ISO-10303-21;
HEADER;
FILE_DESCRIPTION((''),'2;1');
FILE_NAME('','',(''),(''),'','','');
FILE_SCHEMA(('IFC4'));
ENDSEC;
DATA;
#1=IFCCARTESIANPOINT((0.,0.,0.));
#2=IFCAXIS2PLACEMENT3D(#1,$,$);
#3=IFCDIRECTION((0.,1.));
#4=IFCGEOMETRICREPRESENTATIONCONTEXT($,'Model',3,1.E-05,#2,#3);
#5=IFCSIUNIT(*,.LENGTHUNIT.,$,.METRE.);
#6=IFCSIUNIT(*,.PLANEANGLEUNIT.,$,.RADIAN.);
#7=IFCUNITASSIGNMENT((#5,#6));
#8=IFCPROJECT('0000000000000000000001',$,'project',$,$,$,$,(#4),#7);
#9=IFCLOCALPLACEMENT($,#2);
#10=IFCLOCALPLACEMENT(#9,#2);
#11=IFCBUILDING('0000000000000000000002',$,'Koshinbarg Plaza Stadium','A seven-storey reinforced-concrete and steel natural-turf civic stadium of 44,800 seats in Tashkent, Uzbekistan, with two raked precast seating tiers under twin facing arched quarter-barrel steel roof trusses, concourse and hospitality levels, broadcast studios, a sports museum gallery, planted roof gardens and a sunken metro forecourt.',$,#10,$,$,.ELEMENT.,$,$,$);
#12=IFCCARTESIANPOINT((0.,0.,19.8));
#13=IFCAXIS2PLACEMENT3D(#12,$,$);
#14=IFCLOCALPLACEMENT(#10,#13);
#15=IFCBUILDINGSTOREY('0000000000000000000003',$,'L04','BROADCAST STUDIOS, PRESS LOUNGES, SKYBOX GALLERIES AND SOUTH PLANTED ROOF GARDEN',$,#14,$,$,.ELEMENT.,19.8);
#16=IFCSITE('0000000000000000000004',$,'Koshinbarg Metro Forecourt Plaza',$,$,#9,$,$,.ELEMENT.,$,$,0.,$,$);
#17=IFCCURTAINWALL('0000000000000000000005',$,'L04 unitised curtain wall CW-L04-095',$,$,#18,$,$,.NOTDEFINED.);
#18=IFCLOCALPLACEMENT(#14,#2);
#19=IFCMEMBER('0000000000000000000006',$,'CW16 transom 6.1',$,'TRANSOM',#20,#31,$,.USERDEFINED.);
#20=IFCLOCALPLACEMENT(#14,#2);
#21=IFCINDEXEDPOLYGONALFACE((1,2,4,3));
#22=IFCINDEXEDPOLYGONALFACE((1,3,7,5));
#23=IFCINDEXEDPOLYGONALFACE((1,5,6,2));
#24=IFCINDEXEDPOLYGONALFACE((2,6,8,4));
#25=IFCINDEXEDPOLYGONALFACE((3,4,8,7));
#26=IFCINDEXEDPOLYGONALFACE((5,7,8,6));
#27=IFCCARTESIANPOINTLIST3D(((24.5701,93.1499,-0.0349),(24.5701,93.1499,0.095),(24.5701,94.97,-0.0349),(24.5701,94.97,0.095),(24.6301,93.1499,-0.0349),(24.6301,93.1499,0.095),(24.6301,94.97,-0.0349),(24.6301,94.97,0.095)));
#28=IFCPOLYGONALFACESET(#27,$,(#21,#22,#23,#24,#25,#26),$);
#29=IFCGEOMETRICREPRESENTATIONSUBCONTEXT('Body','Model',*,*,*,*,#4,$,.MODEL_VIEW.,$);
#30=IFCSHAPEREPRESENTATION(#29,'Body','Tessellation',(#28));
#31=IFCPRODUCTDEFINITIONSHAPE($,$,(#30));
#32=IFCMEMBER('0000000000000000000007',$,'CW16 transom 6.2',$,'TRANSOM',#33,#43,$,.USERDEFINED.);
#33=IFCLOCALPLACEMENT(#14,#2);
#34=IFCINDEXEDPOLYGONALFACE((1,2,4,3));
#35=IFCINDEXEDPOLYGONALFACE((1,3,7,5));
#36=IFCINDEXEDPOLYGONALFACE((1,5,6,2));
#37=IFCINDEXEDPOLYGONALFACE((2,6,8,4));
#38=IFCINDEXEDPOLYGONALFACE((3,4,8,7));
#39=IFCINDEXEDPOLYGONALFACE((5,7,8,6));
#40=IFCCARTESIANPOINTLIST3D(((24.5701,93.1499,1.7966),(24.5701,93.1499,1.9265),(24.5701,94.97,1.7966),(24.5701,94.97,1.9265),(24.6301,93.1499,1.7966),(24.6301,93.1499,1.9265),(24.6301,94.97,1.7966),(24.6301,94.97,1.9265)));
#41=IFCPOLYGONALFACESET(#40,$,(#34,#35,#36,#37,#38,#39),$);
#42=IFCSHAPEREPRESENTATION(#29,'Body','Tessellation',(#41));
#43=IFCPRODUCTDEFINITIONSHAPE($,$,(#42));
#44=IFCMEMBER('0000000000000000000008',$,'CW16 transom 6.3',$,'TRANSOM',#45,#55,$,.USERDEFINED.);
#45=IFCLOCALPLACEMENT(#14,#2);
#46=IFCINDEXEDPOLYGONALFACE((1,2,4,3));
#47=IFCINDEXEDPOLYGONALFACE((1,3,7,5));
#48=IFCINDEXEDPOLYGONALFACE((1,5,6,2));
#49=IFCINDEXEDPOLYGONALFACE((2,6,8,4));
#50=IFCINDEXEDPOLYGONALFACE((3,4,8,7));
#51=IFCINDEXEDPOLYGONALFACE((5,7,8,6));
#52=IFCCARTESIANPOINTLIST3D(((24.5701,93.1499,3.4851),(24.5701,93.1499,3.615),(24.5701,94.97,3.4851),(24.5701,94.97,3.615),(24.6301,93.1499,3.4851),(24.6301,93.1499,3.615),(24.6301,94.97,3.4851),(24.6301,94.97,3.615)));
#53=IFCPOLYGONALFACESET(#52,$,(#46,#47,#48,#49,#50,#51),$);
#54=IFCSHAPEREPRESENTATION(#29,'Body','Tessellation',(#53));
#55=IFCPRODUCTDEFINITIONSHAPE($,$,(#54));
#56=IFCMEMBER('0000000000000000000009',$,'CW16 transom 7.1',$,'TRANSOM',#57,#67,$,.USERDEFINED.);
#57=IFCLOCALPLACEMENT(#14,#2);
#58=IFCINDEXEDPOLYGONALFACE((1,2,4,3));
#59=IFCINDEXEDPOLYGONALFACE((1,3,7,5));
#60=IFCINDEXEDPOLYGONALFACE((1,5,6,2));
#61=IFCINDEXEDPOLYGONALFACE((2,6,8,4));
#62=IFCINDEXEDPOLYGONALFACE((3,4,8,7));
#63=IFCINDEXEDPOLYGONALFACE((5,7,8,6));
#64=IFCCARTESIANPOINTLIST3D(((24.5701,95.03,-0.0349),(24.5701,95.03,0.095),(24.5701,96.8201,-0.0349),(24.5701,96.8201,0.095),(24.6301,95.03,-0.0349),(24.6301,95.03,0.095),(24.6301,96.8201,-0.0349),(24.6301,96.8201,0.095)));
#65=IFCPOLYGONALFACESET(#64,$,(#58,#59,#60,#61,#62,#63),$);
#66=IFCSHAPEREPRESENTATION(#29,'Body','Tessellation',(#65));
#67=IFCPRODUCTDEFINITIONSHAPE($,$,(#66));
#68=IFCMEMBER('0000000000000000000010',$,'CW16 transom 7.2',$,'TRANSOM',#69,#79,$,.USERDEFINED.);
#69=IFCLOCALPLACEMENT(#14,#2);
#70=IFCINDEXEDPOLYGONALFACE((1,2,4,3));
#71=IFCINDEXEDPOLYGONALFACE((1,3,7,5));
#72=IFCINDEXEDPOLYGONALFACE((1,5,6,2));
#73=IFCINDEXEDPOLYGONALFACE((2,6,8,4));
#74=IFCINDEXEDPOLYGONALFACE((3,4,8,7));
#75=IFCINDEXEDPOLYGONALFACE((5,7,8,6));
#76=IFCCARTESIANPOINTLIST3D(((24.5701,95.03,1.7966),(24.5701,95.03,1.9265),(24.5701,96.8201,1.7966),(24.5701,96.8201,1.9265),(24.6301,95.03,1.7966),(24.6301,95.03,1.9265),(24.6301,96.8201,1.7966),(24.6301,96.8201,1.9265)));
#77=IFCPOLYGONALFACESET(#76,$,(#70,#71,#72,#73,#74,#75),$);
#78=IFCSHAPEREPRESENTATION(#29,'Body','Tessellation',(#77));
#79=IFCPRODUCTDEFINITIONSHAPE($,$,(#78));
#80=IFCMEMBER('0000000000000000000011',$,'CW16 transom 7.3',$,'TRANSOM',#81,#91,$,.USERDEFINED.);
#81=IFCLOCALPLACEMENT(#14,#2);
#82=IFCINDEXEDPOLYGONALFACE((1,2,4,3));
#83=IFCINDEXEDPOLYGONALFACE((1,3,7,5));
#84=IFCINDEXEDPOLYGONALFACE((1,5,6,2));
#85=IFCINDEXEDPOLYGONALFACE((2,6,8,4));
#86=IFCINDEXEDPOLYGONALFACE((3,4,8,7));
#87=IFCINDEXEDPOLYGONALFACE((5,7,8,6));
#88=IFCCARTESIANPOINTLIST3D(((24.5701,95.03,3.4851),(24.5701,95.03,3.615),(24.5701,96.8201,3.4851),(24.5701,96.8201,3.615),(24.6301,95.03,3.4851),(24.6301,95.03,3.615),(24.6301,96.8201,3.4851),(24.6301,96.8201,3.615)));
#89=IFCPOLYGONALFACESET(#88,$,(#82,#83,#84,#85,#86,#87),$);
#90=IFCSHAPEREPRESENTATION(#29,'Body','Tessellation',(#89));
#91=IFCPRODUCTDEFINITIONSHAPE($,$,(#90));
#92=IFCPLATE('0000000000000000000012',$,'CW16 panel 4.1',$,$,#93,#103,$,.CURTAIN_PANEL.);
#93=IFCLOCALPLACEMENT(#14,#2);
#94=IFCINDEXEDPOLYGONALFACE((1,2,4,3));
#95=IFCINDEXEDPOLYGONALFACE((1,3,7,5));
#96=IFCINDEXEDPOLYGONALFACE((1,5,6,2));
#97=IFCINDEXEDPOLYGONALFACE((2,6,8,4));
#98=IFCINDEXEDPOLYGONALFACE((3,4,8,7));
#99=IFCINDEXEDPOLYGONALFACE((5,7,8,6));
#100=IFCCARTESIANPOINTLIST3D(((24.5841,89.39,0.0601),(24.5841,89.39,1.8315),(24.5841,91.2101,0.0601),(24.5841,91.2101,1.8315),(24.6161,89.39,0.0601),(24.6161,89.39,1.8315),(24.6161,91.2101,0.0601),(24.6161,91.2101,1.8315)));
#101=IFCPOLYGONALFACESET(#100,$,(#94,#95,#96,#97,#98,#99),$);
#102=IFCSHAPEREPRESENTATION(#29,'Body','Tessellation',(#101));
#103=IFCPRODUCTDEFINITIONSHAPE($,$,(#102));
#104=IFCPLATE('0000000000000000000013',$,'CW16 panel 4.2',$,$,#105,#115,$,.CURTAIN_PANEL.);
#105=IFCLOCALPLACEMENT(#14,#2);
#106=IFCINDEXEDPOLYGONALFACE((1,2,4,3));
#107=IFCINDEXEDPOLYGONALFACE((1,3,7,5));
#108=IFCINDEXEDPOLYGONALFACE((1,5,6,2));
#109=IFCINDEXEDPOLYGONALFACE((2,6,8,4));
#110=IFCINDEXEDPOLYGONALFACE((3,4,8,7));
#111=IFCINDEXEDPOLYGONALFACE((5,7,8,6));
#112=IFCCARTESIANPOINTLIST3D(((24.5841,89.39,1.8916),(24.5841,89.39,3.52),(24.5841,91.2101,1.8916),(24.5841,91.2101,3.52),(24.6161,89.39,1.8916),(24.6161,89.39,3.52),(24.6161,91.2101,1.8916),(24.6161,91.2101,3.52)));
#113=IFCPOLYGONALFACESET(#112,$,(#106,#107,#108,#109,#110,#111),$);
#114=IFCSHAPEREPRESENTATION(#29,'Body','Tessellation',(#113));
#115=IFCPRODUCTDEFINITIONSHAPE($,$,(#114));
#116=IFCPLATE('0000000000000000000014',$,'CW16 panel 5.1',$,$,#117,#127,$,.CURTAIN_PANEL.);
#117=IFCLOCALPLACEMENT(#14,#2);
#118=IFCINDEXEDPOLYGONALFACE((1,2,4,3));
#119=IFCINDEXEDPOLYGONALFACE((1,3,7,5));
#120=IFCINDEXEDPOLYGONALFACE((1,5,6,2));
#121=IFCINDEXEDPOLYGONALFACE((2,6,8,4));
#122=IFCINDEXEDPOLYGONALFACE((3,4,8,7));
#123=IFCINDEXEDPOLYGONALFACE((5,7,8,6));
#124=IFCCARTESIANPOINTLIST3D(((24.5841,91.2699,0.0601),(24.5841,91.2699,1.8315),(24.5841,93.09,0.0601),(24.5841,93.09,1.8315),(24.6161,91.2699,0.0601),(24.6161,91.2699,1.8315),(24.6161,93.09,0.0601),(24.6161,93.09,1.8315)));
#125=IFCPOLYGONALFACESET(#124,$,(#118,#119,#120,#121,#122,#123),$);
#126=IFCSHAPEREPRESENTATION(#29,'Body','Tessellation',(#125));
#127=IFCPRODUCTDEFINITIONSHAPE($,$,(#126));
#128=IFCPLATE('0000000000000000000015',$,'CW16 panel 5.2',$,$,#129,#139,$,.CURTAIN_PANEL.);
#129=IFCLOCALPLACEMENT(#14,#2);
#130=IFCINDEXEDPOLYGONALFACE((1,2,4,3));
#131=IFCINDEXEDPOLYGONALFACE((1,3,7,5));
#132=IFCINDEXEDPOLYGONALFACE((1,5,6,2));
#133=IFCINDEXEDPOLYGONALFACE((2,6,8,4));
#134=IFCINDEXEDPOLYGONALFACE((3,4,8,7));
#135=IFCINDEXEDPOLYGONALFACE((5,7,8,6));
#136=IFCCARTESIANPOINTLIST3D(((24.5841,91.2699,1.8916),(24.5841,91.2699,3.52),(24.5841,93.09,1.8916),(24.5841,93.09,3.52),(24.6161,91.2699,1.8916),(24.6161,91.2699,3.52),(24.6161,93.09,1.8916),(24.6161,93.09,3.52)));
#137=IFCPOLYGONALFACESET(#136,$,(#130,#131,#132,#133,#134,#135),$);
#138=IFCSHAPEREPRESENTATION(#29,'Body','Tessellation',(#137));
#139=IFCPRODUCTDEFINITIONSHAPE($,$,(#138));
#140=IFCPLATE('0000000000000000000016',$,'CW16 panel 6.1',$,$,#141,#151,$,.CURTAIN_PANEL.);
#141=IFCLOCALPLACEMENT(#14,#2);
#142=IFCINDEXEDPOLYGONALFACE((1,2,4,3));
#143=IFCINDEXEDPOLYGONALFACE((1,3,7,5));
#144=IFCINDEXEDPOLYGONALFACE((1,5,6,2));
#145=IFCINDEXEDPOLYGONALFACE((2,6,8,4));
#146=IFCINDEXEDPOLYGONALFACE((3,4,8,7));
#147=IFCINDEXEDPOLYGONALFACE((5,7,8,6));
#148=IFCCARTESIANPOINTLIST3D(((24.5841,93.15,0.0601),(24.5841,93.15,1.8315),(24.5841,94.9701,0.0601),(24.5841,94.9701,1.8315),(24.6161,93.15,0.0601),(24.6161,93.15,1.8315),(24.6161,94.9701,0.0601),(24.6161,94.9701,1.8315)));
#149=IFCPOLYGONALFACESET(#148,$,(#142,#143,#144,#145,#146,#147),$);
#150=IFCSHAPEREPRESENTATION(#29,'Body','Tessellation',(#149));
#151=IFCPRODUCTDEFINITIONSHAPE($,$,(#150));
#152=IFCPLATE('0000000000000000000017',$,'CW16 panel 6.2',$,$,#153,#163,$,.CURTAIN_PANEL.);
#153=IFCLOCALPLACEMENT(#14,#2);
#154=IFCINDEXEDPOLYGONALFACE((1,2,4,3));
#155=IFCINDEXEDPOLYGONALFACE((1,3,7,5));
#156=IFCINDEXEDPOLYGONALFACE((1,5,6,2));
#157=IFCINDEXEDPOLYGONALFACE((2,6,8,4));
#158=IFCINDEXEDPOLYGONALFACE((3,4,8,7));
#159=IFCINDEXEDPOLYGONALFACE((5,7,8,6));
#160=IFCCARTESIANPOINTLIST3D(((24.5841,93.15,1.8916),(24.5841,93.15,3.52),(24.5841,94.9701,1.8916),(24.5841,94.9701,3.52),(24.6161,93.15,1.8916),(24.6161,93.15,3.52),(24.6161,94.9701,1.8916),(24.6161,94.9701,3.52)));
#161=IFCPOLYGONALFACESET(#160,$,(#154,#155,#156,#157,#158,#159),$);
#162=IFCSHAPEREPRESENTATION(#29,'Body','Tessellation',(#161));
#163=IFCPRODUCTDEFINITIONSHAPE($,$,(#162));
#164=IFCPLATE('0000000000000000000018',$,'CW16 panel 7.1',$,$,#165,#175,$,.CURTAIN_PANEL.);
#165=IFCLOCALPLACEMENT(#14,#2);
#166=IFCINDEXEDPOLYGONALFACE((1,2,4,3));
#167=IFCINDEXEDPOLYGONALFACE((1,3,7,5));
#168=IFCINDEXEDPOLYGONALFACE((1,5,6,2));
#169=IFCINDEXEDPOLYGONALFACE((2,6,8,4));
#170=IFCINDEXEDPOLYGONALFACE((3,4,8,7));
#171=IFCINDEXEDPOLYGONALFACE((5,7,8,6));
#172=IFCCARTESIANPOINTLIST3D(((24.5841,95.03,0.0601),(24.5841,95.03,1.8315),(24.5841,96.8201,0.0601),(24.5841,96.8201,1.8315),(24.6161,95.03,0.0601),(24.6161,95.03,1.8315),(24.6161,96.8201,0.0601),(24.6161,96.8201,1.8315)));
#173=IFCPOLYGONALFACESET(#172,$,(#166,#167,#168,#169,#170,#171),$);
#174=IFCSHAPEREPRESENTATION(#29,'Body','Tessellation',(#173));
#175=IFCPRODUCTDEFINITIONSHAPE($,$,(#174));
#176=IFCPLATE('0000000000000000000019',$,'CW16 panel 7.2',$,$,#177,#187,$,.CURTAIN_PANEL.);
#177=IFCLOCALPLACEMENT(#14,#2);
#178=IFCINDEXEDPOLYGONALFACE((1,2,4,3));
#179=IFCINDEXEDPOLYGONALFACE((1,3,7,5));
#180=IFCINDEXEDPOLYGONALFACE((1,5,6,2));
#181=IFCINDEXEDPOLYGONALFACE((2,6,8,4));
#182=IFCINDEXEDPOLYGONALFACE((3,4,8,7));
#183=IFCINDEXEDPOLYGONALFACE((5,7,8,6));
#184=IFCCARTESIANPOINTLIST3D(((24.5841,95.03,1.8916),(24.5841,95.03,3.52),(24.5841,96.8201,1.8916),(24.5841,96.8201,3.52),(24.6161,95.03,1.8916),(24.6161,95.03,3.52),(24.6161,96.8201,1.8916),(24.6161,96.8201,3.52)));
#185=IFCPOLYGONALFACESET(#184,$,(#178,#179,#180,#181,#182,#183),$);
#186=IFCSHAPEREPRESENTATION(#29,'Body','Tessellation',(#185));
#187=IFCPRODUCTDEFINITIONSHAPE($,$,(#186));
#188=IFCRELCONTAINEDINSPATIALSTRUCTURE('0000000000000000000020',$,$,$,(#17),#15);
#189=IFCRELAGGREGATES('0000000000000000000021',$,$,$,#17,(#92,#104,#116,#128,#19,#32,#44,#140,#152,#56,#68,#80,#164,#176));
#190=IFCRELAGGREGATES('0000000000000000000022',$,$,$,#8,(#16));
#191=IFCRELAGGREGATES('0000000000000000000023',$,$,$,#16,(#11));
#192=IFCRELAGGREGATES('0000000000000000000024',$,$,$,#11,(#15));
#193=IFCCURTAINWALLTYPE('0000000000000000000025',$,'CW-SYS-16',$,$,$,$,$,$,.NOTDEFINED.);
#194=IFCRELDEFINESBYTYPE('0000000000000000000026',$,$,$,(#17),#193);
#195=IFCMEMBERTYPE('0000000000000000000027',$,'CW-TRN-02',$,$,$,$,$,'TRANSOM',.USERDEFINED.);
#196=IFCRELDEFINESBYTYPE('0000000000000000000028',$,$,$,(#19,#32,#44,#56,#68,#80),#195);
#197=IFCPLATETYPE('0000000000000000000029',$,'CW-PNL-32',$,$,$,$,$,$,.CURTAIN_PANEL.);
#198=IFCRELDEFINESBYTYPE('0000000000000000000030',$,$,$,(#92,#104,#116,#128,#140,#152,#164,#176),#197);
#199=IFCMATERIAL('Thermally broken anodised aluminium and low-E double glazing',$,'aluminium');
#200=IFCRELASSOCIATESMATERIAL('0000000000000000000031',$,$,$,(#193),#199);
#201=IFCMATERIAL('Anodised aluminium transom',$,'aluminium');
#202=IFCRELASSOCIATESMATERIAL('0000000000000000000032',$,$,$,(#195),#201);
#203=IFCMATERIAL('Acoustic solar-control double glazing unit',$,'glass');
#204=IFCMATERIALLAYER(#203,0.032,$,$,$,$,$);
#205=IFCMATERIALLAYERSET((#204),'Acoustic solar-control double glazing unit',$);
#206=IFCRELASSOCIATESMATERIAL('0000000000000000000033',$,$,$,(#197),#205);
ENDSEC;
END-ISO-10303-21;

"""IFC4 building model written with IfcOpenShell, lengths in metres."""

from ifc_helpers import new_model, si_unit, direction, frame, origin, origin_2d, place, context, subcontext, project, spatial, rectangle, extrude, material, layer, layer_set, material_profile, profile_set, type_object, element, aggregate, save


model = new_model("IFC4")

# Units and contexts
model_context = context("Model", 3, precision=1e-05, world=origin(), true_north=direction((0.0, 1.0)))
body_context = subcontext(model_context, "Body", "Model", "MODEL_VIEW")
ifc_project = project(units=[si_unit("LENGTHUNIT", "METRE"), si_unit("PLANEANGLEUNIT", "RADIAN")], contexts=[model_context])

# Site, building, storey
site_placement = place(None, origin())
site = spatial("IfcSite", under=ifc_project, at=site_placement, Name="Koshinbarg Metro Forecourt Plaza", CompositionType="ELEMENT", RefElevation=0.0)
building_placement = place(site_placement, origin())
building = spatial("IfcBuilding", under=site, at=building_placement, Name="Koshinbarg Plaza Stadium", Description="A seven-storey reinforced-concrete and steel natural-turf civic stadium of 44,800 seats in Tashkent, Uzbekistan, with two raked precast seating tiers under twin facing arched quarter-barrel steel roof trusses, concourse and hospitality levels, broadcast studios, a sports museum gallery, planted roof gardens and a sunken metro forecourt.", CompositionType="ELEMENT")
storey_placement = place(building_placement, frame((0.0, 0.0, 19.8)))
storey = spatial("IfcBuildingStorey", under=building, at=storey_placement, Name="L04", Description="BROADCAST STUDIOS, PRESS LOUNGES, SKYBOX GALLERIES AND SOUTH PLANTED ROOF GARDEN", CompositionType="ELEMENT", Elevation=19.8)

# Curtain wall, members, plates
ifc_material_1 = material(Name="Thermally broken anodised aluminium and low-E double glazing", Category="aluminium")
curtain_wall_type = type_object("IfcCurtainWallType", Name="CW-SYS-16", PredefinedType="NOTDEFINED", material=ifc_material_1)
curtain_wall_placement = place(storey_placement, origin())
curtain_wall = element("IfcCurtainWall", 1, at=curtain_wall_placement, inside=storey, type_object=curtain_wall_type, Name="L04 unitised curtain wall CW-L04-095", PredefinedType="NOTDEFINED")
ifc_material_2 = material(Name="Anodised aluminium transom", Category="aluminium")
ifc_material_profile_1 = material_profile(ifc_material_2, rectangle(XDim=0.0601, YDim=0.1299, at=origin_2d()), Name="ALU 60x130")
ifc_profile_set_1 = profile_set([ifc_material_profile_1], Name="Anodised aluminium transom")
member_type_1 = type_object("IfcMemberType", Name="CW-TRN-02", ElementType="TRANSOM", PredefinedType="USERDEFINED", material=ifc_profile_set_1)
member_1_placement = place(storey_placement, frame((24.6001, 93.1499, 0.03), z_axis=(0.0, 1.0, 0.0), x_axis=(-1.0, 0.0, 0.0)))
member_1 = element("IfcMember", 2, at=member_1_placement, type_object=member_type_1, Name="CW16 transom 6.1", ObjectType="TRANSOM", PredefinedType="USERDEFINED", context=body_context, shape_type="SweptSolid", body=[
    extrude(rectangle(XDim=0.0601, YDim=0.1299, at=origin_2d()), origin(), (0.0, 0.0, 1.0), 1.8201),
])
member_2_placement = place(storey_placement, frame((24.6001, 93.1499, 1.8616), z_axis=(0.0, 1.0, 0.0), x_axis=(-1.0, 0.0, 0.0)))
member_2 = element("IfcMember", 3, at=member_2_placement, type_object=member_type_1, Name="CW16 transom 6.2", ObjectType="TRANSOM", PredefinedType="USERDEFINED", context=body_context, shape_type="SweptSolid", body=[
    extrude(rectangle(XDim=0.0601, YDim=0.1299, at=origin_2d()), origin(), (0.0, 0.0, 1.0), 1.8201),
])
member_3_placement = place(storey_placement, frame((24.6001, 93.1499, 3.55), z_axis=(0.0, 1.0, 0.0), x_axis=(-1.0, 0.0, 0.0)))
member_3 = element("IfcMember", 4, at=member_3_placement, type_object=member_type_1, Name="CW16 transom 6.3", ObjectType="TRANSOM", PredefinedType="USERDEFINED", context=body_context, shape_type="SweptSolid", body=[
    extrude(rectangle(XDim=0.0601, YDim=0.1299, at=origin_2d()), origin(), (0.0, 0.0, 1.0), 1.8201),
])
member_4_placement = place(storey_placement, frame((24.6001, 95.03, 0.03), z_axis=(0.0, 1.0, 0.0), x_axis=(-1.0, 0.0, 0.0)))
member_4 = element("IfcMember", 5, at=member_4_placement, type_object=member_type_1, Name="CW16 transom 7.1", ObjectType="TRANSOM", PredefinedType="USERDEFINED", context=body_context, shape_type="SweptSolid", body=[
    extrude(rectangle(XDim=0.0601, YDim=0.1299, at=origin_2d()), origin(), (0.0, 0.0, 1.0), 1.79),
])
member_5_placement = place(storey_placement, frame((24.6001, 95.03, 1.8616), z_axis=(0.0, 1.0, 0.0), x_axis=(-1.0, 0.0, 0.0)))
member_5 = element("IfcMember", 6, at=member_5_placement, type_object=member_type_1, Name="CW16 transom 7.2", ObjectType="TRANSOM", PredefinedType="USERDEFINED", context=body_context, shape_type="SweptSolid", body=[
    extrude(rectangle(XDim=0.0601, YDim=0.1299, at=origin_2d()), origin(), (0.0, 0.0, 1.0), 1.79),
])
member_6_placement = place(storey_placement, frame((24.6001, 95.03, 3.55), z_axis=(0.0, 1.0, 0.0), x_axis=(-1.0, 0.0, 0.0)))
member_6 = element("IfcMember", 7, at=member_6_placement, type_object=member_type_1, Name="CW16 transom 7.3", ObjectType="TRANSOM", PredefinedType="USERDEFINED", context=body_context, shape_type="SweptSolid", body=[
    extrude(rectangle(XDim=0.0601, YDim=0.1299, at=origin_2d()), origin(), (0.0, 0.0, 1.0), 1.79),
])
ifc_material_3 = material(Name="Acoustic solar-control double glazing unit", Category="glass")
ifc_layer_1 = layer(ifc_material_3, 0.032)
ifc_layer_set_1 = layer_set([ifc_layer_1], Name="Acoustic solar-control double glazing unit")
plate_type_1 = type_object("IfcPlateType", Name="CW-PNL-32", PredefinedType="CURTAIN_PANEL", material=ifc_layer_set_1)
plate_1_placement = place(storey_placement, frame((24.6001, 90.3, 0.0601), z_axis=(0.0, 0.0, 1.0), x_axis=(0.0, 1.0, 0.0)))
plate_1 = element("IfcPlate", 8, at=plate_1_placement, type_object=plate_type_1, Name="CW16 panel 4.1", PredefinedType="CURTAIN_PANEL", context=body_context, shape_type="SweptSolid", body=[
    extrude(rectangle(XDim=1.8201, YDim=0.032, at=origin_2d()), origin(), (0.0, 0.0, 1.0), 1.7715),
])
plate_2_placement = place(storey_placement, frame((24.6001, 90.3, 1.8916), z_axis=(0.0, 0.0, 1.0), x_axis=(0.0, 1.0, 0.0)))
plate_2 = element("IfcPlate", 9, at=plate_2_placement, type_object=plate_type_1, Name="CW16 panel 4.2", PredefinedType="CURTAIN_PANEL", context=body_context, shape_type="SweptSolid", body=[
    extrude(rectangle(XDim=1.8201, YDim=0.032, at=origin_2d()), origin(), (0.0, 0.0, 1.0), 1.6284),
])
plate_3_placement = place(storey_placement, frame((24.6001, 92.1799, 0.0601), z_axis=(0.0, 0.0, 1.0), x_axis=(0.0, 1.0, 0.0)))
plate_3 = element("IfcPlate", 10, at=plate_3_placement, type_object=plate_type_1, Name="CW16 panel 5.1", PredefinedType="CURTAIN_PANEL", context=body_context, shape_type="SweptSolid", body=[
    extrude(rectangle(XDim=1.8201, YDim=0.032, at=origin_2d()), origin(), (0.0, 0.0, 1.0), 1.7715),
])
plate_4_placement = place(storey_placement, frame((24.6001, 92.1799, 1.8916), z_axis=(0.0, 0.0, 1.0), x_axis=(0.0, 1.0, 0.0)))
plate_4 = element("IfcPlate", 11, at=plate_4_placement, type_object=plate_type_1, Name="CW16 panel 5.2", PredefinedType="CURTAIN_PANEL", context=body_context, shape_type="SweptSolid", body=[
    extrude(rectangle(XDim=1.8201, YDim=0.032, at=origin_2d()), origin(), (0.0, 0.0, 1.0), 1.6284),
])
plate_5_placement = place(storey_placement, frame((24.6001, 94.0601, 0.0601), z_axis=(0.0, 0.0, 1.0), x_axis=(0.0, 1.0, 0.0)))
plate_5 = element("IfcPlate", 12, at=plate_5_placement, type_object=plate_type_1, Name="CW16 panel 6.1", PredefinedType="CURTAIN_PANEL", context=body_context, shape_type="SweptSolid", body=[
    extrude(rectangle(XDim=1.8201, YDim=0.032, at=origin_2d()), origin(), (0.0, 0.0, 1.0), 1.7715),
])
plate_6_placement = place(storey_placement, frame((24.6001, 94.0601, 1.8916), z_axis=(0.0, 0.0, 1.0), x_axis=(0.0, 1.0, 0.0)))
plate_6 = element("IfcPlate", 13, at=plate_6_placement, type_object=plate_type_1, Name="CW16 panel 6.2", PredefinedType="CURTAIN_PANEL", context=body_context, shape_type="SweptSolid", body=[
    extrude(rectangle(XDim=1.8201, YDim=0.032, at=origin_2d()), origin(), (0.0, 0.0, 1.0), 1.6284),
])
plate_7_placement = place(storey_placement, frame((24.6001, 95.925, 0.0601), z_axis=(0.0, 0.0, 1.0), x_axis=(0.0, 1.0, 0.0)))
plate_7 = element("IfcPlate", 14, at=plate_7_placement, type_object=plate_type_1, Name="CW16 panel 7.1", PredefinedType="CURTAIN_PANEL", context=body_context, shape_type="SweptSolid", body=[
    extrude(rectangle(XDim=1.79, YDim=0.032, at=origin_2d()), origin(), (0.0, 0.0, 1.0), 1.7715),
])
plate_8_placement = place(storey_placement, frame((24.6001, 95.925, 1.8916), z_axis=(0.0, 0.0, 1.0), x_axis=(0.0, 1.0, 0.0)))
plate_8 = element("IfcPlate", 15, at=plate_8_placement, type_object=plate_type_1, Name="CW16 panel 7.2", PredefinedType="CURTAIN_PANEL", context=body_context, shape_type="SweptSolid", body=[
    extrude(rectangle(XDim=1.79, YDim=0.032, at=origin_2d()), origin(), (0.0, 0.0, 1.0), 1.6284),
])
aggregate(curtain_wall, [plate_1, plate_2, plate_3, plate_4, member_1, member_2, member_3, plate_5, plate_6, member_4, member_5, member_6, plate_7, plate_8])

save(model, "model.ifc")
